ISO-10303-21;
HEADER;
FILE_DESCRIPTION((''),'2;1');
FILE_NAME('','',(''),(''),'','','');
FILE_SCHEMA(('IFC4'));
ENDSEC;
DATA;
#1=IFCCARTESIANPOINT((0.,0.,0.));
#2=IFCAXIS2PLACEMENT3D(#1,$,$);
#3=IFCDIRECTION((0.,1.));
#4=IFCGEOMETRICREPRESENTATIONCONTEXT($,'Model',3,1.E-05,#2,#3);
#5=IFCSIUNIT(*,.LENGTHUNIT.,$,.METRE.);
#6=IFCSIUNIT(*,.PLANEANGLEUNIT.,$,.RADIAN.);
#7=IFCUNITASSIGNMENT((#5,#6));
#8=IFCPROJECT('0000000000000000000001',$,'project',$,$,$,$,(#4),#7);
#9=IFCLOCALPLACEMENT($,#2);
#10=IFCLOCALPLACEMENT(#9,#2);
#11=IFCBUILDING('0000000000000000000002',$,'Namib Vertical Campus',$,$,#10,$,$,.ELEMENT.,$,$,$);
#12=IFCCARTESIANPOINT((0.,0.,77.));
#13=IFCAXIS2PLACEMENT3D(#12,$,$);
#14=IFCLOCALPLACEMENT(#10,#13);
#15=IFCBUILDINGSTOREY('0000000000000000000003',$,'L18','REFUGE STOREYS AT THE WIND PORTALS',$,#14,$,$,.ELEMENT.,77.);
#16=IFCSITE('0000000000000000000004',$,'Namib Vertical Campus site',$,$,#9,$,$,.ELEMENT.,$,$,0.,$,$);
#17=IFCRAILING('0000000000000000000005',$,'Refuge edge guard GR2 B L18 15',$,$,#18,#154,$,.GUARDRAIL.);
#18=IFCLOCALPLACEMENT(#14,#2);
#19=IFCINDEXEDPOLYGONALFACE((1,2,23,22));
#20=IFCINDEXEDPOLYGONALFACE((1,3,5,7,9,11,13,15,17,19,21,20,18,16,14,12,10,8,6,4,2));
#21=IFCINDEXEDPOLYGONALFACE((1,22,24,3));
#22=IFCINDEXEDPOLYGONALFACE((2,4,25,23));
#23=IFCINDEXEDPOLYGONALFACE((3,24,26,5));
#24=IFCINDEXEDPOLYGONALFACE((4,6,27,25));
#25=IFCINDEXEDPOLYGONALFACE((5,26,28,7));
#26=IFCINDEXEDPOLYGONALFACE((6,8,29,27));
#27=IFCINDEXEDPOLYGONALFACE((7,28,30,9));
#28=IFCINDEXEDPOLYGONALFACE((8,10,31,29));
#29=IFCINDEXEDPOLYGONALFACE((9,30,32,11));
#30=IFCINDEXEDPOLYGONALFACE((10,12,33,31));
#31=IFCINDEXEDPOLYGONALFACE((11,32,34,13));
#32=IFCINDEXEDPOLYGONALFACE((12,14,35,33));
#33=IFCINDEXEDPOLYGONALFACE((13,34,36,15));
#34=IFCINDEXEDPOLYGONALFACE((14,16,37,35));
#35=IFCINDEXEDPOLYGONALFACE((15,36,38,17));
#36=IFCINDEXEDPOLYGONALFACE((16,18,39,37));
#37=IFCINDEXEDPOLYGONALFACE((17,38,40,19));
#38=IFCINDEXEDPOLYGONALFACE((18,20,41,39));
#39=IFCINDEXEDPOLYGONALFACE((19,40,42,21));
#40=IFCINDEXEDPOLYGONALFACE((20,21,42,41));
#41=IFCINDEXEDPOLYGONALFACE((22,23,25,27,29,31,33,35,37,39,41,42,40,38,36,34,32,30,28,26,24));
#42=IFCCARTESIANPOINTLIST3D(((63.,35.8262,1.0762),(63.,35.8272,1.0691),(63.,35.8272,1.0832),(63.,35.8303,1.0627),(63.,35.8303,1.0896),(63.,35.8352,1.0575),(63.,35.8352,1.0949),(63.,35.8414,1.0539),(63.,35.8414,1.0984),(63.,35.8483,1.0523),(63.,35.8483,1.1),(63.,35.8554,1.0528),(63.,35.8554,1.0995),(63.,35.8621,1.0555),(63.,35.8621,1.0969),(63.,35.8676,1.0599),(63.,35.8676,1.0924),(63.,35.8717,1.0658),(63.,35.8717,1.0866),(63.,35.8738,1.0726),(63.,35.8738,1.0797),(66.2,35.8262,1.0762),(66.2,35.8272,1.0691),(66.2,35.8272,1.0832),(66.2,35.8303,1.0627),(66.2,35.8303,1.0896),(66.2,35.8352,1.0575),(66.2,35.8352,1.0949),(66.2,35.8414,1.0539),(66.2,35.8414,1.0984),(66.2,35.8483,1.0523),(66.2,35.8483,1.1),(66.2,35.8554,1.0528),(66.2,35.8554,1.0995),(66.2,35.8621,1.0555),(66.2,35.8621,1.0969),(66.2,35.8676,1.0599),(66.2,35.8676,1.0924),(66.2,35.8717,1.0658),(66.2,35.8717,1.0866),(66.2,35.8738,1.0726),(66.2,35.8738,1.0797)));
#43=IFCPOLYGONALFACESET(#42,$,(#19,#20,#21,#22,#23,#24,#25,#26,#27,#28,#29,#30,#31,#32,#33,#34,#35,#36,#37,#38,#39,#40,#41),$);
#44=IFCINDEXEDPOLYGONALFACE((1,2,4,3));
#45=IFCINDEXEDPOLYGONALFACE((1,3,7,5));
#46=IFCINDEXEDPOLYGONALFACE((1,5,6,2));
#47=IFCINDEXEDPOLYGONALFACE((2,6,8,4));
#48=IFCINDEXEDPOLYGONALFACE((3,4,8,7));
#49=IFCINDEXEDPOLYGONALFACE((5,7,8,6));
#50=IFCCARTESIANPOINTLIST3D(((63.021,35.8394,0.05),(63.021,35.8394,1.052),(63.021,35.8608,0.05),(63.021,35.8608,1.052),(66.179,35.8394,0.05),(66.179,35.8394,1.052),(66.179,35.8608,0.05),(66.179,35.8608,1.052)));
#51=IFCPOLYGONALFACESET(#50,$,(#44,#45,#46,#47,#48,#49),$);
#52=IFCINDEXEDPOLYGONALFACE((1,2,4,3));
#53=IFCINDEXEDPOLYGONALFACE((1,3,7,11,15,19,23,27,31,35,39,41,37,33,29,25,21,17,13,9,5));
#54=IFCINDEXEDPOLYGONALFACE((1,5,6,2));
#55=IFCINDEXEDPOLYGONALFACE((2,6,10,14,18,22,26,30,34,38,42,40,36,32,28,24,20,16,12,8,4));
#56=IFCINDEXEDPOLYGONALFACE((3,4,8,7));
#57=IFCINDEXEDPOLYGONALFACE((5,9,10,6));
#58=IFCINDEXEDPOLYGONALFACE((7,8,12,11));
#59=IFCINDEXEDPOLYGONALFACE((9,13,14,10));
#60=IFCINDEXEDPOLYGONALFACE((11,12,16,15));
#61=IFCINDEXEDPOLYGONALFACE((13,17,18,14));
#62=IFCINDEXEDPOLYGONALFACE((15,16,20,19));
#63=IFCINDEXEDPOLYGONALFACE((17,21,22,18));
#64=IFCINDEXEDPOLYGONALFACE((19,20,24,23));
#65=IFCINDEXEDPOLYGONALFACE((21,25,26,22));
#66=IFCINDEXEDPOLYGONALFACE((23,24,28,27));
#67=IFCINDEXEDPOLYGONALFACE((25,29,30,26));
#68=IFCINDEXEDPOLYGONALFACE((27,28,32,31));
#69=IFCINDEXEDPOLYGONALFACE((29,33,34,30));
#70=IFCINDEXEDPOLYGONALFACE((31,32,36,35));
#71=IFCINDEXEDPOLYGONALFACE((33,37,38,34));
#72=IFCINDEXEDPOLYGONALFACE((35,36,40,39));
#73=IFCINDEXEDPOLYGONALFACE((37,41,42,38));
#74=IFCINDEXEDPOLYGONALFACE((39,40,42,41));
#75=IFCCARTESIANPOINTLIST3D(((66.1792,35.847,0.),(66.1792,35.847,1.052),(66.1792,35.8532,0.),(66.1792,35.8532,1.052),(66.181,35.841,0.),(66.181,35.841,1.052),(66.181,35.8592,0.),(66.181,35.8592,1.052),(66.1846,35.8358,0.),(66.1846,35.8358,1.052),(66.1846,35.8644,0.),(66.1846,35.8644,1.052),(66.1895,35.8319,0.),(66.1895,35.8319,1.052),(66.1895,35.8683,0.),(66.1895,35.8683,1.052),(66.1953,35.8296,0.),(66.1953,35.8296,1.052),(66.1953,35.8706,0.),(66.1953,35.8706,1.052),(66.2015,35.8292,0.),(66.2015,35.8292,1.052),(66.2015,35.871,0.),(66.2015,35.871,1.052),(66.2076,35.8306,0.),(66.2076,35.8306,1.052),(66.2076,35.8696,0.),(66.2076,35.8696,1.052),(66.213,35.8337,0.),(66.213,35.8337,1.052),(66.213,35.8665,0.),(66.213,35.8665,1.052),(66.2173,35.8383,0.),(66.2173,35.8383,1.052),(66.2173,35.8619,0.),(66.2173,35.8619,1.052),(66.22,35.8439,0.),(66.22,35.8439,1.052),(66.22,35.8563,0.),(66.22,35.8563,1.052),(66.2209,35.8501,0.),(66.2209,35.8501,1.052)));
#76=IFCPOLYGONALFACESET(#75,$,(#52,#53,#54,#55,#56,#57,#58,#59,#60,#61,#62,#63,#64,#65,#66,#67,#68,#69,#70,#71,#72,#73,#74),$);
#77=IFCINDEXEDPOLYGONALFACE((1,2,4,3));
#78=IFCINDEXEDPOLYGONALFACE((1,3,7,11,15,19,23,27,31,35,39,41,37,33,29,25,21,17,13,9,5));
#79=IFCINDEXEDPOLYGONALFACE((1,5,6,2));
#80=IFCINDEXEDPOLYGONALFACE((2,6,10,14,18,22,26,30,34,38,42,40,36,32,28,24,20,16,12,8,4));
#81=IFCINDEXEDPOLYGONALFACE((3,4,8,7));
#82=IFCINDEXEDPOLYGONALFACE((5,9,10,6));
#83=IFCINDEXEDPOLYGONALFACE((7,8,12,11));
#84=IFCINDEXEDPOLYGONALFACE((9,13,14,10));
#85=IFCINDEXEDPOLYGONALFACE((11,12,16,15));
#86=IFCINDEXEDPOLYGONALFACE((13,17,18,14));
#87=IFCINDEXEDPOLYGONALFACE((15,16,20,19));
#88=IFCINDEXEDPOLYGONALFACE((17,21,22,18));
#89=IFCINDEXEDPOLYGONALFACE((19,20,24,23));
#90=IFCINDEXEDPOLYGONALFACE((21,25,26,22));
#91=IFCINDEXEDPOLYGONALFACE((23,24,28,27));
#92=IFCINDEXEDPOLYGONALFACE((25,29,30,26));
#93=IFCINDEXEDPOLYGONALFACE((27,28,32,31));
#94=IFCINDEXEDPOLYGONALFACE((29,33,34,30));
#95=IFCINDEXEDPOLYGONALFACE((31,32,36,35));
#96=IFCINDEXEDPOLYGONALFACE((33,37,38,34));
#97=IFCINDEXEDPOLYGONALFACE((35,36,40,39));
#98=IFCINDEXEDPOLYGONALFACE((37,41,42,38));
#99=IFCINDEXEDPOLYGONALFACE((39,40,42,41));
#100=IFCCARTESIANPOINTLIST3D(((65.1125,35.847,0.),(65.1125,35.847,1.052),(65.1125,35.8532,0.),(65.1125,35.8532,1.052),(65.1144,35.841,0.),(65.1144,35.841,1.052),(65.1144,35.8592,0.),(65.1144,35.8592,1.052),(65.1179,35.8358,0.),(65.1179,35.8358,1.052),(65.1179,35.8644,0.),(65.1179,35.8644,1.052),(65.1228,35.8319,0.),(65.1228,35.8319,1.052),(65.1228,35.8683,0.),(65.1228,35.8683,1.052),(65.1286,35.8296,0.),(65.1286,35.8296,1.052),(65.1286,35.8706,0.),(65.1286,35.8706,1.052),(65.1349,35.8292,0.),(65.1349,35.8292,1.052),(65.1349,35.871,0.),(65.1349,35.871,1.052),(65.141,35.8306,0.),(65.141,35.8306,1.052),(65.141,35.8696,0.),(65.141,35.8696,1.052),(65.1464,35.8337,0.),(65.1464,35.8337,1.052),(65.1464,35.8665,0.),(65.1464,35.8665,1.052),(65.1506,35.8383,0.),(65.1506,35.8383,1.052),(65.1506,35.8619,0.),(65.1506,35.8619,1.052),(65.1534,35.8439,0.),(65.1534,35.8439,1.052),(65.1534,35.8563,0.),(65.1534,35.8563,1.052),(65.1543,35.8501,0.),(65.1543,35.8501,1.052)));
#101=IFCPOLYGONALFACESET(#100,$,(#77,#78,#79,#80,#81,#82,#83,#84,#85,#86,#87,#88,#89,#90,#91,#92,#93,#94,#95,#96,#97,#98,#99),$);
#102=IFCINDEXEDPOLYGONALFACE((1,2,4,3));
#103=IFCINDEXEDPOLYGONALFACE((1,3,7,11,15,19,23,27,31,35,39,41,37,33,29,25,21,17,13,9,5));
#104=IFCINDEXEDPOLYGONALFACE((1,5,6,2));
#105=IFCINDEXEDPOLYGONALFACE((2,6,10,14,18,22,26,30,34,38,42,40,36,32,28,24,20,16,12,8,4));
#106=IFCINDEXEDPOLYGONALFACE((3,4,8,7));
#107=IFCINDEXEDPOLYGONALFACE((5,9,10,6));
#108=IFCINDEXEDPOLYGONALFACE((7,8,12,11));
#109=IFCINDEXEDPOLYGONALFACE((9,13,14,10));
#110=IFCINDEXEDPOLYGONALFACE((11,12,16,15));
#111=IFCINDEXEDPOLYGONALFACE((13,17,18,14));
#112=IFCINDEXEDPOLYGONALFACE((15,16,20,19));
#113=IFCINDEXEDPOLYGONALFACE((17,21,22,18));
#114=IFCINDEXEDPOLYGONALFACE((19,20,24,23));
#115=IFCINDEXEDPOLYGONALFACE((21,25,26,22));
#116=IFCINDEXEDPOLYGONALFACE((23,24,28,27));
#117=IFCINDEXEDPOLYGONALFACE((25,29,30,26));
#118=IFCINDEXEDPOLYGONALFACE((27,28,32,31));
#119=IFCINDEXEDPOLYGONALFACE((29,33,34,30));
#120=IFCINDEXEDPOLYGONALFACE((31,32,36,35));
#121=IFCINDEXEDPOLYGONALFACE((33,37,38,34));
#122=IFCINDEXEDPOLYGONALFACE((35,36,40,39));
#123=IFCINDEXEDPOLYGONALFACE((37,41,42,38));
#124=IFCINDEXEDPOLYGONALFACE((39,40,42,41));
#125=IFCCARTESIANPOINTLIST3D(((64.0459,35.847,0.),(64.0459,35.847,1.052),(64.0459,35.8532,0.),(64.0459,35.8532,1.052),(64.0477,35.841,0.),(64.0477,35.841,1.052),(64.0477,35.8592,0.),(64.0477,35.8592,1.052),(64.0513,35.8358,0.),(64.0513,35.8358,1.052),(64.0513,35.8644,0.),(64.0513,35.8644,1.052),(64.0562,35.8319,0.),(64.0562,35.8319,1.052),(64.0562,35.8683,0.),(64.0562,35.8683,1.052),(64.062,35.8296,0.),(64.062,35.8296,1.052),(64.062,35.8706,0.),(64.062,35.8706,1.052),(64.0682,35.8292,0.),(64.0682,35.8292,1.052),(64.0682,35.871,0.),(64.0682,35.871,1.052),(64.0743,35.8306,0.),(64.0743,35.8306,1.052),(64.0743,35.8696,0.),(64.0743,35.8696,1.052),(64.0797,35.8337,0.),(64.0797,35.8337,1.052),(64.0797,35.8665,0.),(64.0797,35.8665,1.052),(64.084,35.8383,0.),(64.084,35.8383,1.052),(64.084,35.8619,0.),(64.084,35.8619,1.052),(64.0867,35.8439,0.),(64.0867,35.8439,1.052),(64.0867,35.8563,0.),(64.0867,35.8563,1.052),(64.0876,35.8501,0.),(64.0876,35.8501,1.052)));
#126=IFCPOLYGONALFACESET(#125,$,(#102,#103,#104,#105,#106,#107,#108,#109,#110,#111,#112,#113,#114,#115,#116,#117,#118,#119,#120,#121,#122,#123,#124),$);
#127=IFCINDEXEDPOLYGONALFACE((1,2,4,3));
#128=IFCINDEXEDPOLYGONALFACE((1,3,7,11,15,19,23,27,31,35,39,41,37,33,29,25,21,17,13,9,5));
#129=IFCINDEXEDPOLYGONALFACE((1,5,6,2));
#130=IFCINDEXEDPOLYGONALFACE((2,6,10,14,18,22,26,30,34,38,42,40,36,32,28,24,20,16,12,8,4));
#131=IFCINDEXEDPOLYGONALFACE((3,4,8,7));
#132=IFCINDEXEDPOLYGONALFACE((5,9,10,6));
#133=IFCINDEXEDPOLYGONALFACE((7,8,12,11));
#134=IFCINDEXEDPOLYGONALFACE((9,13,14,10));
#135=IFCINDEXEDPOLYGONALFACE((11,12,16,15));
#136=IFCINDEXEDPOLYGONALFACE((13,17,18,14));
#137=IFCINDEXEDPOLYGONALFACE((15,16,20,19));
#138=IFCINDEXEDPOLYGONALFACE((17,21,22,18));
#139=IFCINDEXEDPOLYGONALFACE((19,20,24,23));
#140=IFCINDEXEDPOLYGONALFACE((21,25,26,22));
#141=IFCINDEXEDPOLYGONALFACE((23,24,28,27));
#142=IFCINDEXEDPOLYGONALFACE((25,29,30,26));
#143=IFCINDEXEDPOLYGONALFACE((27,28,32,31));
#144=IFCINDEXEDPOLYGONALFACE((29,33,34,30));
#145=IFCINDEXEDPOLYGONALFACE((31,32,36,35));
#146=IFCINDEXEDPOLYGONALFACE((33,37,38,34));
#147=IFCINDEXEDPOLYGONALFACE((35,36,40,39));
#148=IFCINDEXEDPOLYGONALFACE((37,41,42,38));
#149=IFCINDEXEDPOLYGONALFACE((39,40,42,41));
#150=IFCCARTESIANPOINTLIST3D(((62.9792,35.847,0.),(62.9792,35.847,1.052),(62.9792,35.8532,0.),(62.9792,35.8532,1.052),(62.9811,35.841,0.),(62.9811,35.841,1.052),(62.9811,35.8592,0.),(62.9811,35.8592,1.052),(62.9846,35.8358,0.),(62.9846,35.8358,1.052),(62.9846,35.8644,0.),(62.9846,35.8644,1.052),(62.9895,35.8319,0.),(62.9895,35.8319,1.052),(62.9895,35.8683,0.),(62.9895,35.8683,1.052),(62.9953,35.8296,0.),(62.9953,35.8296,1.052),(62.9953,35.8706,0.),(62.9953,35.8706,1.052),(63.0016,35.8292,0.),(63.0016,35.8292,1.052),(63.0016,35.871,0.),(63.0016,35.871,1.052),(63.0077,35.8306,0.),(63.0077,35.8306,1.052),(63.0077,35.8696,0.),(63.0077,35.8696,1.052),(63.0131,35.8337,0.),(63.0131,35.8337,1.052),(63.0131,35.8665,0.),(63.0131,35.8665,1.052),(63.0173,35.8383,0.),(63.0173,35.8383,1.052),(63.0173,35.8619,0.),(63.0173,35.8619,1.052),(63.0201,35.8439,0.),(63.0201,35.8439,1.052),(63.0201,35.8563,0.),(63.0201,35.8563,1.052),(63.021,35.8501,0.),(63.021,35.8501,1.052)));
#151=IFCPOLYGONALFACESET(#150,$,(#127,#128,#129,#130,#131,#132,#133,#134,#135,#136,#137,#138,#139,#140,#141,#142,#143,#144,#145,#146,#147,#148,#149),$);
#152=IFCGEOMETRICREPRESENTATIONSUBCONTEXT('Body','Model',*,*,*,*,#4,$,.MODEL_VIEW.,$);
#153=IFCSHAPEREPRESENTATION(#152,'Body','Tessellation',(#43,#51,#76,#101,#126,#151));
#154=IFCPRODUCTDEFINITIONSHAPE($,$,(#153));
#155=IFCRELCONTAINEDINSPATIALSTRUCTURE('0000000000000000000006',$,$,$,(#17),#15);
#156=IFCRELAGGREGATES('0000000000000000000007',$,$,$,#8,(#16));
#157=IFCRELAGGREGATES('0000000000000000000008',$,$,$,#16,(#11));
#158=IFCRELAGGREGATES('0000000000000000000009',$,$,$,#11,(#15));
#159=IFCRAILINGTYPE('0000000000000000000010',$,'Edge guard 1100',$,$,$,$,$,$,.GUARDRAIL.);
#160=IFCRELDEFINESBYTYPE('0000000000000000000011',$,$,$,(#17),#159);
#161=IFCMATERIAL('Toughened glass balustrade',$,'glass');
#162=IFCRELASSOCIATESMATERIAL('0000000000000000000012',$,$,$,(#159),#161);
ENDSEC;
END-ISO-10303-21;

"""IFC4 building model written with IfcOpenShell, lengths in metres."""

from ifc_helpers import new_model, si_unit, direction, frame, origin, origin_2d, place, context, subcontext, project, spatial, polyline, circle, outline, extrude, material, type_object, element, save


model = new_model("IFC4")

# Units and contexts
model_context = context("Model", 3, precision=1e-05, world=origin(), true_north=direction((0.0, 1.0)))
body_context = subcontext(model_context, "Body", "Model", "MODEL_VIEW")
ifc_project = project(units=[si_unit("LENGTHUNIT", "METRE"), si_unit("PLANEANGLEUNIT", "RADIAN")], contexts=[model_context])

# Site, building, storey
site_placement = place(None, origin())
site = spatial("IfcSite", under=ifc_project, at=site_placement, Name="Namib Vertical Campus site", CompositionType="ELEMENT", RefElevation=0.0)
building_placement = place(site_placement, origin())
building = spatial("IfcBuilding", under=site, at=building_placement, Name="Namib Vertical Campus", CompositionType="ELEMENT")
storey_placement = place(building_placement, frame((0.0, 0.0, 77.0)))
storey = spatial("IfcBuildingStorey", under=building, at=storey_placement, Name="L18", Description="REFUGE STOREYS AT THE WIND PORTALS", CompositionType="ELEMENT", Elevation=77.0)

# Railing
ifc_material_1 = material(Name="Toughened glass balustrade", Category="glass")
railing_type = type_object("IfcRailingType", Name="Edge guard 1100", PredefinedType="GUARDRAIL", material=ifc_material_1)
railing_1_placement = place(storey_placement, frame((66.2, 35.8501, 0.0)))
element("IfcRailing", 1, at=railing_1_placement, inside=storey, type_object=railing_type, Name="Refuge edge guard GR2 B L18 15", PredefinedType="GUARDRAIL", context=body_context, shape_type="SweptSolid", body=[
    extrude(circle(Radius=0.0239, at=origin_2d()), frame((0.0, 0.0, 1.0762), z_axis=(-1.0, 0.0, 0.0), x_axis=(0.0, -1.0, 0.0)), (0.0, 0.0, 1.0), 3.2),
    extrude(outline(polyline([(0.021, 0.05), (3.179, 0.05), (3.179, 1.052), (0.021, 1.052), (0.021, 0.05)])), frame((0.0, -0.0107, 0.0), z_axis=(0.0, 1.0, 0.0), x_axis=(-1.0, 0.0, 0.0)), (0.0, 0.0, 1.0), 0.0215),
    extrude(circle(Radius=0.021, at=origin_2d()), origin(), (0.0, 0.0, 1.0), 1.052),
    extrude(circle(Radius=0.021, at=origin_2d()), frame((-1.0667, 0.0, 0.0)), (0.0, 0.0, 1.0), 1.052),
    extrude(circle(Radius=0.021, at=origin_2d()), frame((-2.1333, 0.0, 0.0)), (0.0, 0.0, 1.0), 1.052),
    extrude(circle(Radius=0.021, at=origin_2d()), frame((-3.2, 0.0, 0.0)), (0.0, 0.0, 1.0), 1.052),
])

save(model, "model.ifc")
